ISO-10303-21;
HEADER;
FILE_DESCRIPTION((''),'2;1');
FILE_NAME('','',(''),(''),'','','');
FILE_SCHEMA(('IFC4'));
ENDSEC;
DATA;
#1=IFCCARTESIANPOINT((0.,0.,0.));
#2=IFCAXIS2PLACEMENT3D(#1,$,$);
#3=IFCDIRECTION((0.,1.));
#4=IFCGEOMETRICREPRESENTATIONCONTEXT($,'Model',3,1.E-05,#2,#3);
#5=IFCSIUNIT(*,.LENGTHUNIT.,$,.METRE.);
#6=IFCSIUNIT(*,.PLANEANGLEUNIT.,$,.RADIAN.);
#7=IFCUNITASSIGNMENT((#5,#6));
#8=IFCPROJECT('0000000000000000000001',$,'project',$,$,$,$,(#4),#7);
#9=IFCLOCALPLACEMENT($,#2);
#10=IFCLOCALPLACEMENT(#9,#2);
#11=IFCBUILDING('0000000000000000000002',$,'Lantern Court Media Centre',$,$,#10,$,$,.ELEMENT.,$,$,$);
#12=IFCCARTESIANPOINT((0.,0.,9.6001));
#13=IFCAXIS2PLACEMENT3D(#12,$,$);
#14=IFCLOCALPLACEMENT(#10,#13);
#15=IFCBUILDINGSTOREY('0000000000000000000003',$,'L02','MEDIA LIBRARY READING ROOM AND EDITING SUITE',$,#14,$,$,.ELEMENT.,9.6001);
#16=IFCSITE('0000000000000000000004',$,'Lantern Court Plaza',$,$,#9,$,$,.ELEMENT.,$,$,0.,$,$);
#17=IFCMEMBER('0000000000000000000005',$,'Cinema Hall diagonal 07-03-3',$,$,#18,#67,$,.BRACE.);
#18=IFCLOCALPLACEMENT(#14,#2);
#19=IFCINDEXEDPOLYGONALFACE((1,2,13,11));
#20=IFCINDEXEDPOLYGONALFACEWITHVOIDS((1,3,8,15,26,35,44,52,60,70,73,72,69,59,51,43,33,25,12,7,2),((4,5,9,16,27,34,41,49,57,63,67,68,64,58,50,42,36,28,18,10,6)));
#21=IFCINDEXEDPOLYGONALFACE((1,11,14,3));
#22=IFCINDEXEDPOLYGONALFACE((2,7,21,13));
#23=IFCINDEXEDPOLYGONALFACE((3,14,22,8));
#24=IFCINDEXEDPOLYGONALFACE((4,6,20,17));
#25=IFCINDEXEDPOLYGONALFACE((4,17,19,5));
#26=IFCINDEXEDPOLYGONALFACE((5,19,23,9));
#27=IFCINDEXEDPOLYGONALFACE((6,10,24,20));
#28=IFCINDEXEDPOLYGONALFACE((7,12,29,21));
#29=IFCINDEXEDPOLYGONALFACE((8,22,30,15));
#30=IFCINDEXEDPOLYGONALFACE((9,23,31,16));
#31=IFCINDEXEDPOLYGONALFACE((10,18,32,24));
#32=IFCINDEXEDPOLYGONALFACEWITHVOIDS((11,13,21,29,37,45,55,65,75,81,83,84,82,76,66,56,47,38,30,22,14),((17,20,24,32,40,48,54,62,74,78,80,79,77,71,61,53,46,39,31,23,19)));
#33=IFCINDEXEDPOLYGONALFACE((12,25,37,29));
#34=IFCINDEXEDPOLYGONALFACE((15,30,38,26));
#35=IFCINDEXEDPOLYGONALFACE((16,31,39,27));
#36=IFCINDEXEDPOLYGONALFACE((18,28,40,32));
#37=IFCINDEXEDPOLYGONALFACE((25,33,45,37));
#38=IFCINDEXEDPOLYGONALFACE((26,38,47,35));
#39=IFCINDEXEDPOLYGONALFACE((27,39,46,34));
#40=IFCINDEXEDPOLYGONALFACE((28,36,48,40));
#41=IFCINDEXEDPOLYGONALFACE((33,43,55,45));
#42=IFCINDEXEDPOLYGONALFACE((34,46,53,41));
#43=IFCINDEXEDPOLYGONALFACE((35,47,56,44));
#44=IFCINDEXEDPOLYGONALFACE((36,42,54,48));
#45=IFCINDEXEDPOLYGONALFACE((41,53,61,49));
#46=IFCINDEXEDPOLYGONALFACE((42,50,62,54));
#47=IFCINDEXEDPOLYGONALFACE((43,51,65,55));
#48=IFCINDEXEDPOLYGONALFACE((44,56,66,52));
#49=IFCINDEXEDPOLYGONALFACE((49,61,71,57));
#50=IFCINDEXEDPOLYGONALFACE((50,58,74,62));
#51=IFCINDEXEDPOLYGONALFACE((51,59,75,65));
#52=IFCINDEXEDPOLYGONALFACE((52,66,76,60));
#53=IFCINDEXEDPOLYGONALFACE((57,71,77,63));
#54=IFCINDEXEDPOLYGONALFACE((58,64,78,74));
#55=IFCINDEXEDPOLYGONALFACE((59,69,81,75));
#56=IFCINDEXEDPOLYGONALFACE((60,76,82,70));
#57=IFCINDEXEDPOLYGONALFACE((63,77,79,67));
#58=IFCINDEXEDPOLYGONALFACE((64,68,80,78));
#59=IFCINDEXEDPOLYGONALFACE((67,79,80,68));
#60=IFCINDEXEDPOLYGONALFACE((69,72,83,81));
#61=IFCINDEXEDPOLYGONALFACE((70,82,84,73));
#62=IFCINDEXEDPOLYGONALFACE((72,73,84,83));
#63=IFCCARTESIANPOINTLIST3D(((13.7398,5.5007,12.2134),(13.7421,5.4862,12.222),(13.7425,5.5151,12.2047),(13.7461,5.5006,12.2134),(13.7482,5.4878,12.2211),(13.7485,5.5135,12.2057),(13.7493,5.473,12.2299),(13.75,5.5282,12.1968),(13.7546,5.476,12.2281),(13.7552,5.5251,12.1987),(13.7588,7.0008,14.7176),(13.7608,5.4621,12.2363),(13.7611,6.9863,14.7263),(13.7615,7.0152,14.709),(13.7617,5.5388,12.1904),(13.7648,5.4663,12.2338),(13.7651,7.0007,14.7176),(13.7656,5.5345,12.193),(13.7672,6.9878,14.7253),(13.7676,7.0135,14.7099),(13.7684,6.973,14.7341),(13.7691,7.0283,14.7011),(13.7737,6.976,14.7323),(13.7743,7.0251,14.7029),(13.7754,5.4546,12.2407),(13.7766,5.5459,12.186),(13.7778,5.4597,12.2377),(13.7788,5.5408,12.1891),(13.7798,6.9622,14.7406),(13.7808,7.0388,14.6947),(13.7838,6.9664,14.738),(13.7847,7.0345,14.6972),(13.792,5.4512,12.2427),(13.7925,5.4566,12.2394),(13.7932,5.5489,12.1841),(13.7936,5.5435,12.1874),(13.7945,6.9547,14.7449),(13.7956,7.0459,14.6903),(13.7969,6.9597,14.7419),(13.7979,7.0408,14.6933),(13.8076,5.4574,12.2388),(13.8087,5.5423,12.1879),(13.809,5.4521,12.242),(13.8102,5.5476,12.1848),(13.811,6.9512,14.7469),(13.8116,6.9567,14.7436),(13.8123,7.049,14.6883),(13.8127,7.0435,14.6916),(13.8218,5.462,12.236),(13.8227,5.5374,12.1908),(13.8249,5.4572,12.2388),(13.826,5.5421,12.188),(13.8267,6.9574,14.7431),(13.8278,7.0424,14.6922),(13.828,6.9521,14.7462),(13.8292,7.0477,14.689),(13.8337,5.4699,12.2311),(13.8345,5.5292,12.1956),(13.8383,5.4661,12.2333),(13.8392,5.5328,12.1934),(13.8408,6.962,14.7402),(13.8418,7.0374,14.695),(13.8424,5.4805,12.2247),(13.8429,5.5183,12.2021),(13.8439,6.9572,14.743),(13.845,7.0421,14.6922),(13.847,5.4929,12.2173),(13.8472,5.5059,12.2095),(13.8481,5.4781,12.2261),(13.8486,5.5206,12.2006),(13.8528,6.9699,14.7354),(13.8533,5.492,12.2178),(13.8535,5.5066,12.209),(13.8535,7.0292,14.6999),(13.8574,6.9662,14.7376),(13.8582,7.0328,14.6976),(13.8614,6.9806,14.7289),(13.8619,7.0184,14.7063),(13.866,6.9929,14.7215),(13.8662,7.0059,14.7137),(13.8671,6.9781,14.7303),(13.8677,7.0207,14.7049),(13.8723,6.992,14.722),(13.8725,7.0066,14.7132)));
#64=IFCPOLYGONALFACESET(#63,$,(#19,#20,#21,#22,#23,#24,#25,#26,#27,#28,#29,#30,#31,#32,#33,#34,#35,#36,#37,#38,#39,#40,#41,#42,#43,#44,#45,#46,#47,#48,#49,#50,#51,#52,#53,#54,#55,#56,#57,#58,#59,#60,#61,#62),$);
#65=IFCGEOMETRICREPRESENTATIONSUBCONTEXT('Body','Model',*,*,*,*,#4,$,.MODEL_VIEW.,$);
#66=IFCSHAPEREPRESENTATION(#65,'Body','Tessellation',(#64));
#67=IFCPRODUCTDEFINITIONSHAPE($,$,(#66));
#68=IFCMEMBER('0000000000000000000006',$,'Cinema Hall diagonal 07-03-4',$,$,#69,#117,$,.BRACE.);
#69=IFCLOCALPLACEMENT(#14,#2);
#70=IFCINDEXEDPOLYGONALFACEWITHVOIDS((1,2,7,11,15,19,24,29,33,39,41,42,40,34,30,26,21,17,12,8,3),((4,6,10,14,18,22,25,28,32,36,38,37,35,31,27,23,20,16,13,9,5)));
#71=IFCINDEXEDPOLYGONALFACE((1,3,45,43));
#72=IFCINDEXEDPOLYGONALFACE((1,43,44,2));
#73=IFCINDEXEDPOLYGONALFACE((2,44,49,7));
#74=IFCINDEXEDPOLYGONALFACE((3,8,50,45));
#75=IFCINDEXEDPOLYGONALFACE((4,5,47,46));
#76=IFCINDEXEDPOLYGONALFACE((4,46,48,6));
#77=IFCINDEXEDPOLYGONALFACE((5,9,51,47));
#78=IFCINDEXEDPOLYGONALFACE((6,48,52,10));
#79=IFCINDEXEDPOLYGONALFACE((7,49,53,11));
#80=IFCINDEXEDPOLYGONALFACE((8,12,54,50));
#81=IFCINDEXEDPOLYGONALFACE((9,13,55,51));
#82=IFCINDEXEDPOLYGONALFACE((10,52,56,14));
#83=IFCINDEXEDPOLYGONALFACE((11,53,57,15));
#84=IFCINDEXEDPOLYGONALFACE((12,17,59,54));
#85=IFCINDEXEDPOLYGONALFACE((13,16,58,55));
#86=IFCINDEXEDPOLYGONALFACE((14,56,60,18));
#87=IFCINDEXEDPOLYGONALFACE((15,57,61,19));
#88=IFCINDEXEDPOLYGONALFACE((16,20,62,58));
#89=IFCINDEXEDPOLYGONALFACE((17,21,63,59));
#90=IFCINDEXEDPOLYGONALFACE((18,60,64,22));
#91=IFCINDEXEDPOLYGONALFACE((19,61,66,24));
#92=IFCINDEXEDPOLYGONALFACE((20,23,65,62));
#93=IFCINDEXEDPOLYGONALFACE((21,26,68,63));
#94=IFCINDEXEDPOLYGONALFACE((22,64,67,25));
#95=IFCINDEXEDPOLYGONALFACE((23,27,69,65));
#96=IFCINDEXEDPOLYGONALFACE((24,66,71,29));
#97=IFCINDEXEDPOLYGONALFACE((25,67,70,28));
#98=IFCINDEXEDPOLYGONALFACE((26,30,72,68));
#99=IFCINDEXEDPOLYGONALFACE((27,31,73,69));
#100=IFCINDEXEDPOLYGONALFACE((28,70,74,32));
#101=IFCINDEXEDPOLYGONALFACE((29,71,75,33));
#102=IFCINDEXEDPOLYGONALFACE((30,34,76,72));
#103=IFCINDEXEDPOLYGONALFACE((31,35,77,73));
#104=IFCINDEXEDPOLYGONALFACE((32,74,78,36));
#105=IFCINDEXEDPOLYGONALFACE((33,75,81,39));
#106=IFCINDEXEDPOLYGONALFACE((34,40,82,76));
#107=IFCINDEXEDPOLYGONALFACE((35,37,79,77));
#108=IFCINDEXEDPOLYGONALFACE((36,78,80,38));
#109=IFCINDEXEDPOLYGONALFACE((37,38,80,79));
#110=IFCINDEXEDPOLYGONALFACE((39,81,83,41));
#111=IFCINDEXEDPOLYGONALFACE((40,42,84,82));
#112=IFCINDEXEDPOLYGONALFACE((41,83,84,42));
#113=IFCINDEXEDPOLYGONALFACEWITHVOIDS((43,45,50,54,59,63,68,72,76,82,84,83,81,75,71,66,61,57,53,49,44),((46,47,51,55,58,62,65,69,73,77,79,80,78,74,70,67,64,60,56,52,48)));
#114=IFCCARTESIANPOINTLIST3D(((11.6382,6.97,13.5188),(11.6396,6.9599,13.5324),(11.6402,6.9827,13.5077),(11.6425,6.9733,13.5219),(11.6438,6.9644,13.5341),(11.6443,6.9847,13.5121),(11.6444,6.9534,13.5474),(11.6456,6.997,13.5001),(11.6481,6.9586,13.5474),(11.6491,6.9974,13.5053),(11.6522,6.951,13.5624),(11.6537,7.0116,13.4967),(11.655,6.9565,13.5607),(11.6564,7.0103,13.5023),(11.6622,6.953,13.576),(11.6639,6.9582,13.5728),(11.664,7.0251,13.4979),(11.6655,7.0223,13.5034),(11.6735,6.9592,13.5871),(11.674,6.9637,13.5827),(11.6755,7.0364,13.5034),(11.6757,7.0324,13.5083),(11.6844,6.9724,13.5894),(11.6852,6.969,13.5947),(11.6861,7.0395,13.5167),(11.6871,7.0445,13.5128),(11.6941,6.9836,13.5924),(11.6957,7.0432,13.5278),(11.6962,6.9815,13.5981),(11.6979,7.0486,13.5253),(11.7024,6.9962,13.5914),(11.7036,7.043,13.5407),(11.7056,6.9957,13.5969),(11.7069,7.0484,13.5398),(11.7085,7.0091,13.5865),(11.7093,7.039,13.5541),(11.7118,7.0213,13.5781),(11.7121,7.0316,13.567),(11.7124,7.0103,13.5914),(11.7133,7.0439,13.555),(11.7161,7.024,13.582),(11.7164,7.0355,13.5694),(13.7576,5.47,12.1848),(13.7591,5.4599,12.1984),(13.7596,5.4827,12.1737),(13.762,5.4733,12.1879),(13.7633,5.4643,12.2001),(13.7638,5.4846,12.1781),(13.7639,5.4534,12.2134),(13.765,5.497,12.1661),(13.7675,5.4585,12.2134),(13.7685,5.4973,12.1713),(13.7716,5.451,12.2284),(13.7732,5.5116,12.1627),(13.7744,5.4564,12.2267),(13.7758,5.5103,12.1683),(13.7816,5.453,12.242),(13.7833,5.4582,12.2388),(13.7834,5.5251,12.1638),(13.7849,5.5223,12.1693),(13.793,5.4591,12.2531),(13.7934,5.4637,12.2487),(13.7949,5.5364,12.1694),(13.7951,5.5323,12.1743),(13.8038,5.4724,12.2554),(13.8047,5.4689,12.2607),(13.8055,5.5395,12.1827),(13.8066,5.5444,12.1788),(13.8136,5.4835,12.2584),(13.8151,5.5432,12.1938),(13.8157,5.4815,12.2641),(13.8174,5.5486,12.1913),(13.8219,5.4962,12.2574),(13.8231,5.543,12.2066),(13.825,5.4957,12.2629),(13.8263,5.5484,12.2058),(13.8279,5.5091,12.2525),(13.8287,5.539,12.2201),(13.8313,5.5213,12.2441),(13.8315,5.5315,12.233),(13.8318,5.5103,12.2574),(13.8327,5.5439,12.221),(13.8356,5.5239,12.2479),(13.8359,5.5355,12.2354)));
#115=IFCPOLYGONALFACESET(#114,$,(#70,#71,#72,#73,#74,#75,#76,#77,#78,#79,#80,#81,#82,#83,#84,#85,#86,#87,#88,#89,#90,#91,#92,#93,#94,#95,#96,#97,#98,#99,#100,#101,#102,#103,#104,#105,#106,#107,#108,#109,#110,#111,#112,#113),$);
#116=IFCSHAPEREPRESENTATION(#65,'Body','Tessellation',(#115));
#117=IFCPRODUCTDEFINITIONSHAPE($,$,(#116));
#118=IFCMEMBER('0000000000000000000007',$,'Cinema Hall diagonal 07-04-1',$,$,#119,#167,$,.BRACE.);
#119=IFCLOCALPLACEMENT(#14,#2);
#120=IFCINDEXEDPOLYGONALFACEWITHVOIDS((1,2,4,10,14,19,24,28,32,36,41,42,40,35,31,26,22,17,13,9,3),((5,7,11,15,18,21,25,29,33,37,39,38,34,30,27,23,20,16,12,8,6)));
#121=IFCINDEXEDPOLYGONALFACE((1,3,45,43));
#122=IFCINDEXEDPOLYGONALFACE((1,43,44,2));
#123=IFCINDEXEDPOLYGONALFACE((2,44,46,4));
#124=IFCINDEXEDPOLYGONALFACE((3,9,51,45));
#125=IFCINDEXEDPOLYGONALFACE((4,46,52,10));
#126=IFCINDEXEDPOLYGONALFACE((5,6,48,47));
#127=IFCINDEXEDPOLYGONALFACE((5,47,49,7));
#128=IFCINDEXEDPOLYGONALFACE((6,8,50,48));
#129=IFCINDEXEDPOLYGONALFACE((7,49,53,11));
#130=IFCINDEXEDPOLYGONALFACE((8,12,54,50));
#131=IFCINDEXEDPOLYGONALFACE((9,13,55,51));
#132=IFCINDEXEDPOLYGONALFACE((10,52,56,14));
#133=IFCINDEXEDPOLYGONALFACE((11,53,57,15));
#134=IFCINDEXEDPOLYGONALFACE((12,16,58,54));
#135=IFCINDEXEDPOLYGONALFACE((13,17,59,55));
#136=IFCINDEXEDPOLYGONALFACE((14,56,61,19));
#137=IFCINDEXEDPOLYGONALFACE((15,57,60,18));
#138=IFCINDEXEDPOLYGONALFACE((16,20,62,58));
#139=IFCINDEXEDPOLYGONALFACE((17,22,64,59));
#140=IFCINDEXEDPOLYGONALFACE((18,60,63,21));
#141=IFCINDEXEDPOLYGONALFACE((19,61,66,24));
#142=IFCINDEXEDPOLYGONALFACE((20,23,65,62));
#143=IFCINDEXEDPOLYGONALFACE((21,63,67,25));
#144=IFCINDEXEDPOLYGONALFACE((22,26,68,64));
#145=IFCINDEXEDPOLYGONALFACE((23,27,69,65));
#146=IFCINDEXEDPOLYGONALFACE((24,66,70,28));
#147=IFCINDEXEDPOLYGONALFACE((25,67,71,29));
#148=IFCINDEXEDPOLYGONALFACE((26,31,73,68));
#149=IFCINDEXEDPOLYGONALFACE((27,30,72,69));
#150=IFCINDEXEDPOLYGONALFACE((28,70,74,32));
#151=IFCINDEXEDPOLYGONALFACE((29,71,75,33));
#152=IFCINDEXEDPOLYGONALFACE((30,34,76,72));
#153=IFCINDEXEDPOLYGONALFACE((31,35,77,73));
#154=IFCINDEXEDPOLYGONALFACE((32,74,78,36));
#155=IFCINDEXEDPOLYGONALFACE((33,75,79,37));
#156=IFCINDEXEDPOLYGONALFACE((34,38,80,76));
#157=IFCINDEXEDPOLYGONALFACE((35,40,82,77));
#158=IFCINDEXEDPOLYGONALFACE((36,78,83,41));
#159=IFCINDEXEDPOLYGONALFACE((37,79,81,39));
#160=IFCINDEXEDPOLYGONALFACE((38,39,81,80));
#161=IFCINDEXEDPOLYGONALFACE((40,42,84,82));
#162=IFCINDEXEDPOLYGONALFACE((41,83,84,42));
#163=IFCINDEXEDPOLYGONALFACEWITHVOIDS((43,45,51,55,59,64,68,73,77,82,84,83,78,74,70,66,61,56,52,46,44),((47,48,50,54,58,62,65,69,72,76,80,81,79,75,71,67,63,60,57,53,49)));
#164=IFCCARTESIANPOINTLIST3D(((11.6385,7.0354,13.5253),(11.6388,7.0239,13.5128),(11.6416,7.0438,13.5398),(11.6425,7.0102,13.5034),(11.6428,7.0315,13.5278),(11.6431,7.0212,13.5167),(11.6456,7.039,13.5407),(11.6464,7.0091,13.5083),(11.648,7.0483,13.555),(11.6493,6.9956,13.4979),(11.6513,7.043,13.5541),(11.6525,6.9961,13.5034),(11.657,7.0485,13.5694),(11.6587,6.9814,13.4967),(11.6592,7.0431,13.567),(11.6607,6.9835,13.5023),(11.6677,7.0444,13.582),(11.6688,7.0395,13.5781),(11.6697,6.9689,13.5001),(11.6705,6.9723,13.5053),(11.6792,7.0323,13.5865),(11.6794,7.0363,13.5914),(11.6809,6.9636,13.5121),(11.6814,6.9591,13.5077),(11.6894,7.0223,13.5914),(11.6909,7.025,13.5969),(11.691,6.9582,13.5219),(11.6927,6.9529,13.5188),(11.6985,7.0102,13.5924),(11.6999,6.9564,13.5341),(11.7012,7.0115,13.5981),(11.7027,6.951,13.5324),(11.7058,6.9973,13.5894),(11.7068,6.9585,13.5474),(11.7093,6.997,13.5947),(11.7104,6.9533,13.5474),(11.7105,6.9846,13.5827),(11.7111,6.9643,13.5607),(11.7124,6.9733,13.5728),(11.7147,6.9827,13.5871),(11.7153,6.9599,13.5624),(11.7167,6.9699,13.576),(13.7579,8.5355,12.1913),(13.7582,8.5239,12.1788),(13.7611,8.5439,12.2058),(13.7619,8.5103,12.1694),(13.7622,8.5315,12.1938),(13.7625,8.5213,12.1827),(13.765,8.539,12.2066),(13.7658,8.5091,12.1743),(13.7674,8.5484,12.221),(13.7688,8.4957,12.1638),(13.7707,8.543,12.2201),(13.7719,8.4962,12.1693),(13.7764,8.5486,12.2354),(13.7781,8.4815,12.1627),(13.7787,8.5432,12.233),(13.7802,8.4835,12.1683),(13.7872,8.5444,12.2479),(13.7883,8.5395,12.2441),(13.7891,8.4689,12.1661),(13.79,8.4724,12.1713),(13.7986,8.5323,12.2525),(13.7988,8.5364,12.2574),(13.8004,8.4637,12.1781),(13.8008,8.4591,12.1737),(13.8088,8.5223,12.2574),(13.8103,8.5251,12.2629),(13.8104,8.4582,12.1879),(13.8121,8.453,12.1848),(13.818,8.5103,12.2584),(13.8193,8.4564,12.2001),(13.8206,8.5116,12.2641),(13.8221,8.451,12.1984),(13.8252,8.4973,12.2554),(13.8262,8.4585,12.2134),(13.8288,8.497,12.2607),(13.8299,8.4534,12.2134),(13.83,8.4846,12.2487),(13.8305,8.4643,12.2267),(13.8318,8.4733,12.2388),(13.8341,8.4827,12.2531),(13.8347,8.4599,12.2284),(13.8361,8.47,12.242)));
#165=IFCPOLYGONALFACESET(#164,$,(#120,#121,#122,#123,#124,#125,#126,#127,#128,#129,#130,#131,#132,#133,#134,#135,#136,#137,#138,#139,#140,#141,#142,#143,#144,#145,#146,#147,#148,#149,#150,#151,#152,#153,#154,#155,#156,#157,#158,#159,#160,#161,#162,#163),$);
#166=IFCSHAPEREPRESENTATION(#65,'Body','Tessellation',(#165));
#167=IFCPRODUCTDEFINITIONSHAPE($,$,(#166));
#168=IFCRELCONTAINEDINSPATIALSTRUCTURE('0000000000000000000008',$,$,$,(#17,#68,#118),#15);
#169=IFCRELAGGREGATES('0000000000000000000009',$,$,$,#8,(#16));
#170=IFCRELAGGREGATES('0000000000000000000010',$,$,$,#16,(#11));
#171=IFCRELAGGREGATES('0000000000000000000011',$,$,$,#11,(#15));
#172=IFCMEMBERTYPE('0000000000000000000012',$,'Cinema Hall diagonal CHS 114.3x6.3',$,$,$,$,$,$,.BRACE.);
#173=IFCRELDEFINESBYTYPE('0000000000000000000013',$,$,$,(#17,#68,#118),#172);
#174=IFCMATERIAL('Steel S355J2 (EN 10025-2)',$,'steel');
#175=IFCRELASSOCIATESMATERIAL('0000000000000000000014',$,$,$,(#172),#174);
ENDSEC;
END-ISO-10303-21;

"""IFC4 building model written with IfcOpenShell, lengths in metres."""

from ifc_helpers import new_model, si_unit, direction, frame, origin, origin_2d, place, context, subcontext, project, spatial, hollow_circle, extrude, material, material_profile, profile_set, type_object, element, save


model = new_model("IFC4")

# Units and contexts
model_context = context("Model", 3, precision=1e-05, world=origin(), true_north=direction((0.0, 1.0)))
body_context = subcontext(model_context, "Body", "Model", "MODEL_VIEW")
ifc_project = project(units=[si_unit("LENGTHUNIT", "METRE"), si_unit("PLANEANGLEUNIT", "RADIAN")], contexts=[model_context])

# Site, building, storey
site_placement = place(None, origin())
site = spatial("IfcSite", under=ifc_project, at=site_placement, Name="Lantern Court Plaza", CompositionType="ELEMENT", RefElevation=0.0)
building_placement = place(site_placement, origin())
building = spatial("IfcBuilding", under=site, at=building_placement, Name="Lantern Court Media Centre", CompositionType="ELEMENT")
storey_placement = place(building_placement, frame((0.0, 0.0, 9.6001)))
storey = spatial("IfcBuildingStorey", under=building, at=storey_placement, Name="L02", Description="MEDIA LIBRARY READING ROOM AND EDITING SUITE", CompositionType="ELEMENT", Elevation=9.6001)

# Members
ifc_material = material(Name="Steel S355J2 (EN 10025-2)", Category="steel")
ifc_material_profile_1 = material_profile(ifc_material, hollow_circle(Radius=0.0571, WallThickness=0.0063, at=origin_2d()), Name="Cinema Hall diagonal CHS 114.3x6.3")
ifc_profile_set_1 = profile_set([ifc_material_profile_1], Name="Steel S355J2 (EN 10025-2)")
member_type_1 = type_object("IfcMemberType", Name="Cinema Hall diagonal CHS 114.3x6.3", PredefinedType="BRACE", material=ifc_profile_set_1)
for number, where, z_axis, x_axis, name in (
    (1, (13.7969, 5.5, 12.2134), (0.006524, 0.513857, 0.857851), (-0.999919, 0.012694, 0.0), "Cinema Hall diagonal 07-03-3"),
    (2, (13.7969, 5.5, 12.2134), (-0.726034, 0.513852, 0.45698), (-0.577702, -0.816248, 0.0), "Cinema Hall diagonal 07-03-4"),
    (3, (13.7969, 8.5, 12.2134), (-0.726034, -0.513852, 0.45698), (0.577702, -0.816248, 0.0), "Cinema Hall diagonal 07-04-1"),
):
    element("IfcMember", number, at=place(storey_placement, frame(where, z_axis=z_axis, x_axis=x_axis)), inside=storey, type_object=member_type_1, Name=name, PredefinedType="BRACE", context=body_context, shape_type="SweptSolid", body=[
        extrude(hollow_circle(Radius=0.0571, WallThickness=0.0063, at=origin_2d()), origin(), (0.0, 0.0, 1.0), 2.9192),
    ])

save(model, "model.ifc")
